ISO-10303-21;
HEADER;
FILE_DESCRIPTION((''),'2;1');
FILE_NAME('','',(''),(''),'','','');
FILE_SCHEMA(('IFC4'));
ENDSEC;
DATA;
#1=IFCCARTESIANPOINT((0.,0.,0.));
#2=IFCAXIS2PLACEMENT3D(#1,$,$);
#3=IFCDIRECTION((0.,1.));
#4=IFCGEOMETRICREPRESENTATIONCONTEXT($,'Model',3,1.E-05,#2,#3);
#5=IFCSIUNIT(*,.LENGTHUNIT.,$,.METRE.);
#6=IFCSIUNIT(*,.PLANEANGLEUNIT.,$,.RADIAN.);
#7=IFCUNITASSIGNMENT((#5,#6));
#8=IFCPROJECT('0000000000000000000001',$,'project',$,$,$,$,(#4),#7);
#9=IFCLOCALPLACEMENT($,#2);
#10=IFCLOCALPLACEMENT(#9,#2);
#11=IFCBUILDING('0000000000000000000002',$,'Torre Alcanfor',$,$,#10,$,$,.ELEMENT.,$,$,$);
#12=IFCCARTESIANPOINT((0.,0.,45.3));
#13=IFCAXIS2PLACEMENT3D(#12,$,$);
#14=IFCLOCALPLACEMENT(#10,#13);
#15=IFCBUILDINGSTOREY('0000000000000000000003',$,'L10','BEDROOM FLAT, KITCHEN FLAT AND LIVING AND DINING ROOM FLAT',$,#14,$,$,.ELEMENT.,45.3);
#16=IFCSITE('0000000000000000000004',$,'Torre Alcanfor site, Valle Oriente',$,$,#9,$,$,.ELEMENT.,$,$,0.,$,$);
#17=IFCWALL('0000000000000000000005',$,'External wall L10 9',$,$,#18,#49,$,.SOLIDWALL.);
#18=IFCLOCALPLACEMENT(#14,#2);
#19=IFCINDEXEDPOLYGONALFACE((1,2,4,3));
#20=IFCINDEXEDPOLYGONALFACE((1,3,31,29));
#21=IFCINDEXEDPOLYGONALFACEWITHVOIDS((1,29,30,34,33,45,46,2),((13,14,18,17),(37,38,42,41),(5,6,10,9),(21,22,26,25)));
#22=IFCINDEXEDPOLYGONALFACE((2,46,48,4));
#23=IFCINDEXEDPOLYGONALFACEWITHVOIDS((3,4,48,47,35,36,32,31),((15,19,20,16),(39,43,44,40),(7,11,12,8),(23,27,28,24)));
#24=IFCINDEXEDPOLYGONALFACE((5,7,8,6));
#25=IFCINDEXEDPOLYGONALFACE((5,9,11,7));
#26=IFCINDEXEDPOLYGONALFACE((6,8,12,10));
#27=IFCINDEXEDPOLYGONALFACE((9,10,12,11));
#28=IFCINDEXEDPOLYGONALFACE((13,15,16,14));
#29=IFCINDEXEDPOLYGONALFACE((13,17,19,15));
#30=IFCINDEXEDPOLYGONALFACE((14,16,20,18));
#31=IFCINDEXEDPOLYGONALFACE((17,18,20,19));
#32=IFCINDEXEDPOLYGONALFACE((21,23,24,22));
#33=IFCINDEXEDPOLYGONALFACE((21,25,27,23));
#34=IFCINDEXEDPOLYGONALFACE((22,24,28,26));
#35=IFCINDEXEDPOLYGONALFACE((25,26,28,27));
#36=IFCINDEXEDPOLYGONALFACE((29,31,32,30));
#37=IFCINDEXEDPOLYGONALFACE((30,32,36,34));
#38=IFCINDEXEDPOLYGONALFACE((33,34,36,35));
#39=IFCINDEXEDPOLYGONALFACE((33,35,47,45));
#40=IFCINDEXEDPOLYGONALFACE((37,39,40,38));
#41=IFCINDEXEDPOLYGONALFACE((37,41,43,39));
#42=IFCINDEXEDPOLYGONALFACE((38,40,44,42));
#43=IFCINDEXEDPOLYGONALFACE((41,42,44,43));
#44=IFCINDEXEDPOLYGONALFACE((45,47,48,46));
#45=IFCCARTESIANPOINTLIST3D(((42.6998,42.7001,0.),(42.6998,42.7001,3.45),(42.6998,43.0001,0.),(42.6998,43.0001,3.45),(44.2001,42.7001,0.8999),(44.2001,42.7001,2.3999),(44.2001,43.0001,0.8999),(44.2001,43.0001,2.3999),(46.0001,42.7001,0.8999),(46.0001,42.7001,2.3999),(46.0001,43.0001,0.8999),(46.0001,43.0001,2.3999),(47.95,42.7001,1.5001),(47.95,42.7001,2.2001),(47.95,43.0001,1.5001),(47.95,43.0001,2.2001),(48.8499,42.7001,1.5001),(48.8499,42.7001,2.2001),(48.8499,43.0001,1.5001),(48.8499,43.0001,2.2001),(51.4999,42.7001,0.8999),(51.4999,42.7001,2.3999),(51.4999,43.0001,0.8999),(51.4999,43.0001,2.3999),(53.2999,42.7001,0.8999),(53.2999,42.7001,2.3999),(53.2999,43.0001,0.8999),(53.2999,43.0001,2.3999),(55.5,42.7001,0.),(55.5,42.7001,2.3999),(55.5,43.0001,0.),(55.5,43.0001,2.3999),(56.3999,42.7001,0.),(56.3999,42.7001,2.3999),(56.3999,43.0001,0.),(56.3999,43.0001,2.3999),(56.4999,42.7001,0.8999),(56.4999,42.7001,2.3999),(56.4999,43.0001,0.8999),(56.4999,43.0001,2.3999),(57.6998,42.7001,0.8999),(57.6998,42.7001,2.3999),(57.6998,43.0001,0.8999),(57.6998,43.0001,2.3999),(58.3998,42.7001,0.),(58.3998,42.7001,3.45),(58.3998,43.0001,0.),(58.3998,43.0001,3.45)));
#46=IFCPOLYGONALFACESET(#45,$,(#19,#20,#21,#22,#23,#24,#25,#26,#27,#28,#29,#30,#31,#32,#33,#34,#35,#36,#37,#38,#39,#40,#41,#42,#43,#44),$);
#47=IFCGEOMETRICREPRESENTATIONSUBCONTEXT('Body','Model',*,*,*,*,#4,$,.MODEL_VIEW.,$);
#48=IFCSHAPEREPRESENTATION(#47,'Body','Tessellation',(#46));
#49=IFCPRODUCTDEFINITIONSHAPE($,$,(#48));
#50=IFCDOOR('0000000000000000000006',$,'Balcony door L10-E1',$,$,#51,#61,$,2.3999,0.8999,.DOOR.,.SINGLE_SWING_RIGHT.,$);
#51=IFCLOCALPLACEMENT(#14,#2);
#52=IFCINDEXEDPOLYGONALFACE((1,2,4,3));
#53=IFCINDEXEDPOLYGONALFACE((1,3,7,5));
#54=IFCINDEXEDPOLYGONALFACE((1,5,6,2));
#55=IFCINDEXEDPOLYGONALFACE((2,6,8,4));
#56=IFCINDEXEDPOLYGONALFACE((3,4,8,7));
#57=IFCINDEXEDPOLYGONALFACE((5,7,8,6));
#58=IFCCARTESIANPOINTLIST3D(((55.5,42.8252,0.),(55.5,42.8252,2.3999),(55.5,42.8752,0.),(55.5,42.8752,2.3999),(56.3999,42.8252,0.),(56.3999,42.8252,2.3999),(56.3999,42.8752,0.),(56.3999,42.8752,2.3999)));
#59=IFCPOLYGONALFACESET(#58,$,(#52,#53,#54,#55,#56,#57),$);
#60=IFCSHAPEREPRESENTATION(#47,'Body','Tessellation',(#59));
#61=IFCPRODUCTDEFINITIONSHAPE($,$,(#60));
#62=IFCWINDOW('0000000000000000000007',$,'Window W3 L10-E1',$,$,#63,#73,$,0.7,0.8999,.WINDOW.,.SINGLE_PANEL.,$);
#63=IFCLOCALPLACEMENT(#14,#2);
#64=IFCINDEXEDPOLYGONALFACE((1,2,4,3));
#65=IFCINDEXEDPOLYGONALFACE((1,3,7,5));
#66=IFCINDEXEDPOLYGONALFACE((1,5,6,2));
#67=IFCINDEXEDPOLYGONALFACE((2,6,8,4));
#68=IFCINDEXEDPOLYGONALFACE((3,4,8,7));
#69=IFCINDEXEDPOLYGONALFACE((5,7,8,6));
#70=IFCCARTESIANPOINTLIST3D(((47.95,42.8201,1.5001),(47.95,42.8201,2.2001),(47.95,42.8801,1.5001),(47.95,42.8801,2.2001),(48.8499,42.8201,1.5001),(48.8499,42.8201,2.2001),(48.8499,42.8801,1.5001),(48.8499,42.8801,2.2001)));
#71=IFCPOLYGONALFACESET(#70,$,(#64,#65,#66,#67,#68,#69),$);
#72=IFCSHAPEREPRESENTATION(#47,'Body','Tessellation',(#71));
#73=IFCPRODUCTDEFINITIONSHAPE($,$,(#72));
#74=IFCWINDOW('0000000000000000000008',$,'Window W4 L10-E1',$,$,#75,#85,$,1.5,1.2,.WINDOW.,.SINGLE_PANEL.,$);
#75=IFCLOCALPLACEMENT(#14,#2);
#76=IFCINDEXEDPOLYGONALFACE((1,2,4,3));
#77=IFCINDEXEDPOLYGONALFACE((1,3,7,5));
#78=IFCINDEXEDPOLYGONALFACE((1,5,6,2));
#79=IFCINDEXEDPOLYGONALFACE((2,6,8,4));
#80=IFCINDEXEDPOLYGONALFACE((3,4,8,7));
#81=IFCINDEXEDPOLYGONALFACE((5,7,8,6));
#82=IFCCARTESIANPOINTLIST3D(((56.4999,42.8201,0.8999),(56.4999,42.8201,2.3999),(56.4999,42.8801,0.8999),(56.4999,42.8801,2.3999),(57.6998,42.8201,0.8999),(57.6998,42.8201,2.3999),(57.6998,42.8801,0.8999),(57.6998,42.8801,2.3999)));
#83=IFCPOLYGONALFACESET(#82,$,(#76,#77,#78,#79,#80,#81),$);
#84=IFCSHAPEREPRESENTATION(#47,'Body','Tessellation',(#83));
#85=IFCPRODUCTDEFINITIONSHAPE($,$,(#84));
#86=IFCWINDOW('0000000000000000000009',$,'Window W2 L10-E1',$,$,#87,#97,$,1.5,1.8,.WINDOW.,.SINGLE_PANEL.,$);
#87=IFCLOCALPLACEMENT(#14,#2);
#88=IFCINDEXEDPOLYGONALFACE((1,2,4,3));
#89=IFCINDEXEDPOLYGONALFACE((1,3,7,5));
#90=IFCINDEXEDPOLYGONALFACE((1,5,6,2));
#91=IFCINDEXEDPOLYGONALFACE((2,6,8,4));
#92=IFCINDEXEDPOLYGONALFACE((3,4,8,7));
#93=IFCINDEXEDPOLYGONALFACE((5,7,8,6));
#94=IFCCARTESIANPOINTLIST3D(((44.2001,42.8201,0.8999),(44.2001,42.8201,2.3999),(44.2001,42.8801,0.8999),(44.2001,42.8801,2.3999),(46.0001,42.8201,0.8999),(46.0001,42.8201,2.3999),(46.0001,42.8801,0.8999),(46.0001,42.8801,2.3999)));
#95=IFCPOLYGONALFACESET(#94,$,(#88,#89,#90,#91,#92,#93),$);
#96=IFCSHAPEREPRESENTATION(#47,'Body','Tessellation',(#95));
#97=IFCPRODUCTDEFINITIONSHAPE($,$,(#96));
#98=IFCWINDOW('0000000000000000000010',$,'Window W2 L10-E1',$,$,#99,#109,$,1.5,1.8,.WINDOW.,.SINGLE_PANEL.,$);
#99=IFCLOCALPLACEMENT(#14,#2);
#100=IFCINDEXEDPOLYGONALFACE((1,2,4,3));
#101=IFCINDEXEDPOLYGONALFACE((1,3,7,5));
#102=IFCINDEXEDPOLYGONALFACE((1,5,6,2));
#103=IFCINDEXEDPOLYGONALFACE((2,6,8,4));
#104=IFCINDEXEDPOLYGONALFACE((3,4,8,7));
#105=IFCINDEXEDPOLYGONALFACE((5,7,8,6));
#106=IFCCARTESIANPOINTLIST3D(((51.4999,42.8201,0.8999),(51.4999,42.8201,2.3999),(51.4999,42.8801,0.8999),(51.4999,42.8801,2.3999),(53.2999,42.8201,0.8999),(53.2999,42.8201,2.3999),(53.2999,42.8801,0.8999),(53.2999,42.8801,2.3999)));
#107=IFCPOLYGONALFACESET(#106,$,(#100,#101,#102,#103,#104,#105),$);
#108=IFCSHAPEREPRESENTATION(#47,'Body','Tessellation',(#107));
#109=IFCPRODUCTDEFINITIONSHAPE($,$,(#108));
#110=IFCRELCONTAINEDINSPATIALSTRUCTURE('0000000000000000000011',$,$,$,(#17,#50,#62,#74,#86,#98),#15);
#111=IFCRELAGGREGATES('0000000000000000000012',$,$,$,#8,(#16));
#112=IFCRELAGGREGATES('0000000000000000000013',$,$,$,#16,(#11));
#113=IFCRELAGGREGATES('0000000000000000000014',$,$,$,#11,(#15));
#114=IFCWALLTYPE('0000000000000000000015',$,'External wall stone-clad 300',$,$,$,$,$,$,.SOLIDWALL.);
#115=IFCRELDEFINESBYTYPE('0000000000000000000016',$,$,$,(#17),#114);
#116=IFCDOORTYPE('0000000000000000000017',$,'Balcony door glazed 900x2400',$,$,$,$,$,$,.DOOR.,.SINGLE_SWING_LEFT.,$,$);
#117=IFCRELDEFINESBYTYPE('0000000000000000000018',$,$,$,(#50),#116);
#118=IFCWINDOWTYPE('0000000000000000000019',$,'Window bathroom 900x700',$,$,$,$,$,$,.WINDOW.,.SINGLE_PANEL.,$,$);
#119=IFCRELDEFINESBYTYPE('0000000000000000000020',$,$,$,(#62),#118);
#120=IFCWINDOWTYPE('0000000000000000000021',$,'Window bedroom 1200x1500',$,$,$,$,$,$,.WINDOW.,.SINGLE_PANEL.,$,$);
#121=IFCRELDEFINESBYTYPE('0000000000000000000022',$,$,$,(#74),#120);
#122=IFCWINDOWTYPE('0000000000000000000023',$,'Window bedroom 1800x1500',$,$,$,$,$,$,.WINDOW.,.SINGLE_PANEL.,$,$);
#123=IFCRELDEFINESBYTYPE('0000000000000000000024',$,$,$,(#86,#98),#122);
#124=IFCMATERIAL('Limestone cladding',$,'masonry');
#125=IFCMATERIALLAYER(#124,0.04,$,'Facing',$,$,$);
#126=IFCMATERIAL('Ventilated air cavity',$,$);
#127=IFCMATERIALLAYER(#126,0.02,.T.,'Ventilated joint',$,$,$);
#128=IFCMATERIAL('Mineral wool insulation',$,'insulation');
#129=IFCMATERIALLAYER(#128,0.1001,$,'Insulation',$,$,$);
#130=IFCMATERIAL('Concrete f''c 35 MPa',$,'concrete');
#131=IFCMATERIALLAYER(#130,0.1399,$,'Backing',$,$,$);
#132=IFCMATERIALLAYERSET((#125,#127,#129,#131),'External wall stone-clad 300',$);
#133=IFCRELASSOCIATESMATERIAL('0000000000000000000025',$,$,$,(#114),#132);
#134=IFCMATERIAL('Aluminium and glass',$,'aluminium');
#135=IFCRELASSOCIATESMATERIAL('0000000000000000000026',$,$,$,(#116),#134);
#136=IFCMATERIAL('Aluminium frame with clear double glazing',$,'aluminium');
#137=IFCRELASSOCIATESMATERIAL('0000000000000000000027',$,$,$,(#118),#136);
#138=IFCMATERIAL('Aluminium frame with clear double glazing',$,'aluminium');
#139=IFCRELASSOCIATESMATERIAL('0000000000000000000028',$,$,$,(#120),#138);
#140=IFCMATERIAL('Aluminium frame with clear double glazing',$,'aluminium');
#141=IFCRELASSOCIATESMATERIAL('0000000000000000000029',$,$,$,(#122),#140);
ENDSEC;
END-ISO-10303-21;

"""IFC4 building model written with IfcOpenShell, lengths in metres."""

from ifc_helpers import new_model, si_unit, direction, frame, frame_2d, origin, place, context, subcontext, project, spatial, rectangle, extrude, material, layer, layer_set, type_object, element, fill, save


model = new_model("IFC4")

# Units and contexts
model_context = context("Model", 3, precision=1e-05, world=origin(), true_north=direction((0.0, 1.0)))
body_context = subcontext(model_context, "Body", "Model", "MODEL_VIEW")
ifc_project = project(units=[si_unit("LENGTHUNIT", "METRE"), si_unit("PLANEANGLEUNIT", "RADIAN")], contexts=[model_context])

# Site, building, storey
site_placement = place(None, origin())
site = spatial("IfcSite", under=ifc_project, at=site_placement, Name="Torre Alcanfor site, Valle Oriente", CompositionType="ELEMENT", RefElevation=0.0)
building_placement = place(site_placement, origin())
building = spatial("IfcBuilding", under=site, at=building_placement, Name="Torre Alcanfor", CompositionType="ELEMENT")
storey_placement = place(building_placement, frame((0.0, 0.0, 45.3)))
storey = spatial("IfcBuildingStorey", under=building, at=storey_placement, Name="L10", Description="BEDROOM FLAT, KITCHEN FLAT AND LIVING AND DINING ROOM FLAT", CompositionType="ELEMENT", Elevation=45.3)

# Wall, openings, door, windows
ifc_material_1 = material(Name="Limestone cladding", Category="masonry")
ifc_layer_1 = layer(ifc_material_1, 0.04, Name="Facing")
ifc_material_2 = material(Name="Ventilated air cavity")
ifc_layer_2 = layer(ifc_material_2, 0.02, ventilated=True, Name="Ventilated joint")
ifc_material_3 = material(Name="Mineral wool insulation", Category="insulation")
ifc_layer_3 = layer(ifc_material_3, 0.1001, Name="Insulation")
ifc_material_4 = material(Name="Concrete f'c 35 MPa", Category="concrete")
ifc_layer_4 = layer(ifc_material_4, 0.1399, Name="Backing")
ifc_layer_set_1 = layer_set([ifc_layer_1, ifc_layer_2, ifc_layer_3, ifc_layer_4], Name="External wall stone-clad 300")
wall_type_1 = type_object("IfcWallType", Name="External wall stone-clad 300", PredefinedType="SOLIDWALL", material=ifc_layer_set_1)
wall_1_placement = place(storey_placement, frame((58.3999, 42.8501, 0.0), z_axis=(0.0, 0.0, 1.0), x_axis=(-1.0, 0.0, 0.0)))
wall_1 = element("IfcWall", 1, at=wall_1_placement, inside=storey, type_object=wall_type_1, Name="External wall L10 9", PredefinedType="SOLIDWALL", context=body_context, shape_type="SweptSolid", body=[
    extrude(rectangle(XDim=15.7, YDim=0.3, at=frame_2d((7.8501, 0.0))), origin(), (0.0, 0.0, 1.0), 3.45),
])
opening_1_placement = place(wall_1_placement, frame((12.3999, 0.0, 0.8999)))
opening_1 = element("IfcOpeningElement", 2, at=opening_1_placement, cuts=wall_1, PredefinedType="OPENING", context=body_context, shape_type="SweptSolid", body=[
    extrude(rectangle(XDim=1.8, YDim=1.5, at=frame_2d((0.8999, 0.75))), frame((0.0, 0.1599, 0.0), z_axis=(0.0, -1.0, 0.0), x_axis=(1.0, 0.0, 0.0)), (0.0, 0.0, 1.0), 0.3201),
])
opening_2_placement = place(wall_1_placement, frame((9.55, 0.0, 1.5)))
opening_2 = element("IfcOpeningElement", 3, at=opening_2_placement, cuts=wall_1, PredefinedType="OPENING", context=body_context, shape_type="SweptSolid", body=[
    extrude(rectangle(XDim=0.8999, YDim=0.7, at=frame_2d((0.45, 0.3501))), frame((0.0, 0.1599, 0.0), z_axis=(0.0, -1.0, 0.0), x_axis=(1.0, 0.0, 0.0)), (0.0, 0.0, 1.0), 0.3201),
])
opening_3_placement = place(wall_1_placement, frame((5.1001, 0.0, 0.8999)))
opening_3 = element("IfcOpeningElement", 4, at=opening_3_placement, cuts=wall_1, PredefinedType="OPENING", context=body_context, shape_type="SweptSolid", body=[
    extrude(rectangle(XDim=1.8, YDim=1.5, at=frame_2d((0.8999, 0.75))), frame((0.0, 0.1599, 0.0), z_axis=(0.0, -1.0, 0.0), x_axis=(1.0, 0.0, 0.0)), (0.0, 0.0, 1.0), 0.3201),
])
opening_4_placement = place(wall_1_placement, frame((2.0, 0.0, 0.0)))
opening_4 = element("IfcOpeningElement", 5, at=opening_4_placement, cuts=wall_1, PredefinedType="OPENING", context=body_context, shape_type="SweptSolid", body=[
    extrude(rectangle(XDim=0.8999, YDim=2.3999, at=frame_2d((0.45, 1.2))), frame((0.0, 0.1599, 0.0), z_axis=(0.0, -1.0, 0.0), x_axis=(1.0, 0.0, 0.0)), (0.0, 0.0, 1.0), 0.3201),
])
opening_5_placement = place(wall_1_placement, frame((0.7, 0.0, 0.8999)))
opening_5 = element("IfcOpeningElement", 6, at=opening_5_placement, cuts=wall_1, PredefinedType="OPENING", context=body_context, shape_type="SweptSolid", body=[
    extrude(rectangle(XDim=1.2, YDim=1.5, at=frame_2d((0.6001, 0.75))), frame((0.0, 0.1599, 0.0), z_axis=(0.0, -1.0, 0.0), x_axis=(1.0, 0.0, 0.0)), (0.0, 0.0, 1.0), 0.3201),
])
ifc_material_5 = material(Name="Aluminium and glass", Category="aluminium")
door_type = type_object("IfcDoorType", Name="Balcony door glazed 900x2400", OperationType="SINGLE_SWING_LEFT", PredefinedType="DOOR", material=ifc_material_5)
door_1_placement = place(opening_4_placement, origin())
door_1 = element("IfcDoor", 7, at=door_1_placement, inside=storey, type_object=door_type, Name="Balcony door L10-E1", OperationType="SINGLE_SWING_RIGHT", OverallHeight=2.3999, OverallWidth=0.8999, PredefinedType="DOOR", context=body_context, shape_type="SweptSolid", body=[
    extrude(rectangle(XDim=0.8999, YDim=2.3999, at=frame_2d((0.45, 1.2))), frame((0.0, 0.0249, 0.0), z_axis=(0.0, -1.0, 0.0), x_axis=(1.0, 0.0, 0.0)), (0.0, 0.0, 1.0), 0.05),
])
fill(opening_4, door_1)
ifc_material_6 = material(Name="Aluminium frame with clear double glazing", Category="aluminium")
window_type_1 = type_object("IfcWindowType", Name="Window bathroom 900x700", PartitioningType="SINGLE_PANEL", PredefinedType="WINDOW", material=ifc_material_6)
window_1_placement = place(opening_2_placement, origin())
window_1 = element("IfcWindow", 8, at=window_1_placement, inside=storey, type_object=window_type_1, Name="Window W3 L10-E1", OverallHeight=0.7, OverallWidth=0.8999, PartitioningType="SINGLE_PANEL", PredefinedType="WINDOW", context=body_context, shape_type="SweptSolid", body=[
    extrude(rectangle(XDim=0.8999, YDim=0.7, at=frame_2d((0.45, 0.3501))), frame((0.0, 0.03, 0.0), z_axis=(0.0, -1.0, 0.0), x_axis=(1.0, 0.0, 0.0)), (0.0, 0.0, 1.0), 0.0601),
])
fill(opening_2, window_1)
ifc_material_7 = material(Name="Aluminium frame with clear double glazing", Category="aluminium")
window_type_2 = type_object("IfcWindowType", Name="Window bedroom 1200x1500", PartitioningType="SINGLE_PANEL", PredefinedType="WINDOW", material=ifc_material_7)
window_2_placement = place(opening_5_placement, origin())
window_2 = element("IfcWindow", 9, at=window_2_placement, inside=storey, type_object=window_type_2, Name="Window W4 L10-E1", OverallHeight=1.5, OverallWidth=1.2, PartitioningType="SINGLE_PANEL", PredefinedType="WINDOW", context=body_context, shape_type="SweptSolid", body=[
    extrude(rectangle(XDim=1.2, YDim=1.5, at=frame_2d((0.6001, 0.75))), frame((0.0, 0.03, 0.0), z_axis=(0.0, -1.0, 0.0), x_axis=(1.0, 0.0, 0.0)), (0.0, 0.0, 1.0), 0.0601),
])
fill(opening_5, window_2)
ifc_material_8 = material(Name="Aluminium frame with clear double glazing", Category="aluminium")
window_type_3 = type_object("IfcWindowType", Name="Window bedroom 1800x1500", PartitioningType="SINGLE_PANEL", PredefinedType="WINDOW", material=ifc_material_8)
window_3_placement = place(opening_1_placement, origin())
window_3 = element("IfcWindow", 10, at=window_3_placement, inside=storey, type_object=window_type_3, Name="Window W2 L10-E1", OverallHeight=1.5, OverallWidth=1.8, PartitioningType="SINGLE_PANEL", PredefinedType="WINDOW", context=body_context, shape_type="SweptSolid", body=[
    extrude(rectangle(XDim=1.8, YDim=1.5, at=frame_2d((0.8999, 0.75))), frame((0.0, 0.03, 0.0), z_axis=(0.0, -1.0, 0.0), x_axis=(1.0, 0.0, 0.0)), (0.0, 0.0, 1.0), 0.0601),
])
fill(opening_1, window_3)
window_4_placement = place(opening_3_placement, origin())
window_4 = element("IfcWindow", 11, at=window_4_placement, inside=storey, type_object=window_type_3, Name="Window W2 L10-E1", OverallHeight=1.5, OverallWidth=1.8, PartitioningType="SINGLE_PANEL", PredefinedType="WINDOW", context=body_context, shape_type="SweptSolid", body=[
    extrude(rectangle(XDim=1.8, YDim=1.5, at=frame_2d((0.8999, 0.75))), frame((0.0, 0.03, 0.0), z_axis=(0.0, -1.0, 0.0), x_axis=(1.0, 0.0, 0.0)), (0.0, 0.0, 1.0), 0.0601),
])
fill(opening_3, window_4)

save(model, "model.ifc")
